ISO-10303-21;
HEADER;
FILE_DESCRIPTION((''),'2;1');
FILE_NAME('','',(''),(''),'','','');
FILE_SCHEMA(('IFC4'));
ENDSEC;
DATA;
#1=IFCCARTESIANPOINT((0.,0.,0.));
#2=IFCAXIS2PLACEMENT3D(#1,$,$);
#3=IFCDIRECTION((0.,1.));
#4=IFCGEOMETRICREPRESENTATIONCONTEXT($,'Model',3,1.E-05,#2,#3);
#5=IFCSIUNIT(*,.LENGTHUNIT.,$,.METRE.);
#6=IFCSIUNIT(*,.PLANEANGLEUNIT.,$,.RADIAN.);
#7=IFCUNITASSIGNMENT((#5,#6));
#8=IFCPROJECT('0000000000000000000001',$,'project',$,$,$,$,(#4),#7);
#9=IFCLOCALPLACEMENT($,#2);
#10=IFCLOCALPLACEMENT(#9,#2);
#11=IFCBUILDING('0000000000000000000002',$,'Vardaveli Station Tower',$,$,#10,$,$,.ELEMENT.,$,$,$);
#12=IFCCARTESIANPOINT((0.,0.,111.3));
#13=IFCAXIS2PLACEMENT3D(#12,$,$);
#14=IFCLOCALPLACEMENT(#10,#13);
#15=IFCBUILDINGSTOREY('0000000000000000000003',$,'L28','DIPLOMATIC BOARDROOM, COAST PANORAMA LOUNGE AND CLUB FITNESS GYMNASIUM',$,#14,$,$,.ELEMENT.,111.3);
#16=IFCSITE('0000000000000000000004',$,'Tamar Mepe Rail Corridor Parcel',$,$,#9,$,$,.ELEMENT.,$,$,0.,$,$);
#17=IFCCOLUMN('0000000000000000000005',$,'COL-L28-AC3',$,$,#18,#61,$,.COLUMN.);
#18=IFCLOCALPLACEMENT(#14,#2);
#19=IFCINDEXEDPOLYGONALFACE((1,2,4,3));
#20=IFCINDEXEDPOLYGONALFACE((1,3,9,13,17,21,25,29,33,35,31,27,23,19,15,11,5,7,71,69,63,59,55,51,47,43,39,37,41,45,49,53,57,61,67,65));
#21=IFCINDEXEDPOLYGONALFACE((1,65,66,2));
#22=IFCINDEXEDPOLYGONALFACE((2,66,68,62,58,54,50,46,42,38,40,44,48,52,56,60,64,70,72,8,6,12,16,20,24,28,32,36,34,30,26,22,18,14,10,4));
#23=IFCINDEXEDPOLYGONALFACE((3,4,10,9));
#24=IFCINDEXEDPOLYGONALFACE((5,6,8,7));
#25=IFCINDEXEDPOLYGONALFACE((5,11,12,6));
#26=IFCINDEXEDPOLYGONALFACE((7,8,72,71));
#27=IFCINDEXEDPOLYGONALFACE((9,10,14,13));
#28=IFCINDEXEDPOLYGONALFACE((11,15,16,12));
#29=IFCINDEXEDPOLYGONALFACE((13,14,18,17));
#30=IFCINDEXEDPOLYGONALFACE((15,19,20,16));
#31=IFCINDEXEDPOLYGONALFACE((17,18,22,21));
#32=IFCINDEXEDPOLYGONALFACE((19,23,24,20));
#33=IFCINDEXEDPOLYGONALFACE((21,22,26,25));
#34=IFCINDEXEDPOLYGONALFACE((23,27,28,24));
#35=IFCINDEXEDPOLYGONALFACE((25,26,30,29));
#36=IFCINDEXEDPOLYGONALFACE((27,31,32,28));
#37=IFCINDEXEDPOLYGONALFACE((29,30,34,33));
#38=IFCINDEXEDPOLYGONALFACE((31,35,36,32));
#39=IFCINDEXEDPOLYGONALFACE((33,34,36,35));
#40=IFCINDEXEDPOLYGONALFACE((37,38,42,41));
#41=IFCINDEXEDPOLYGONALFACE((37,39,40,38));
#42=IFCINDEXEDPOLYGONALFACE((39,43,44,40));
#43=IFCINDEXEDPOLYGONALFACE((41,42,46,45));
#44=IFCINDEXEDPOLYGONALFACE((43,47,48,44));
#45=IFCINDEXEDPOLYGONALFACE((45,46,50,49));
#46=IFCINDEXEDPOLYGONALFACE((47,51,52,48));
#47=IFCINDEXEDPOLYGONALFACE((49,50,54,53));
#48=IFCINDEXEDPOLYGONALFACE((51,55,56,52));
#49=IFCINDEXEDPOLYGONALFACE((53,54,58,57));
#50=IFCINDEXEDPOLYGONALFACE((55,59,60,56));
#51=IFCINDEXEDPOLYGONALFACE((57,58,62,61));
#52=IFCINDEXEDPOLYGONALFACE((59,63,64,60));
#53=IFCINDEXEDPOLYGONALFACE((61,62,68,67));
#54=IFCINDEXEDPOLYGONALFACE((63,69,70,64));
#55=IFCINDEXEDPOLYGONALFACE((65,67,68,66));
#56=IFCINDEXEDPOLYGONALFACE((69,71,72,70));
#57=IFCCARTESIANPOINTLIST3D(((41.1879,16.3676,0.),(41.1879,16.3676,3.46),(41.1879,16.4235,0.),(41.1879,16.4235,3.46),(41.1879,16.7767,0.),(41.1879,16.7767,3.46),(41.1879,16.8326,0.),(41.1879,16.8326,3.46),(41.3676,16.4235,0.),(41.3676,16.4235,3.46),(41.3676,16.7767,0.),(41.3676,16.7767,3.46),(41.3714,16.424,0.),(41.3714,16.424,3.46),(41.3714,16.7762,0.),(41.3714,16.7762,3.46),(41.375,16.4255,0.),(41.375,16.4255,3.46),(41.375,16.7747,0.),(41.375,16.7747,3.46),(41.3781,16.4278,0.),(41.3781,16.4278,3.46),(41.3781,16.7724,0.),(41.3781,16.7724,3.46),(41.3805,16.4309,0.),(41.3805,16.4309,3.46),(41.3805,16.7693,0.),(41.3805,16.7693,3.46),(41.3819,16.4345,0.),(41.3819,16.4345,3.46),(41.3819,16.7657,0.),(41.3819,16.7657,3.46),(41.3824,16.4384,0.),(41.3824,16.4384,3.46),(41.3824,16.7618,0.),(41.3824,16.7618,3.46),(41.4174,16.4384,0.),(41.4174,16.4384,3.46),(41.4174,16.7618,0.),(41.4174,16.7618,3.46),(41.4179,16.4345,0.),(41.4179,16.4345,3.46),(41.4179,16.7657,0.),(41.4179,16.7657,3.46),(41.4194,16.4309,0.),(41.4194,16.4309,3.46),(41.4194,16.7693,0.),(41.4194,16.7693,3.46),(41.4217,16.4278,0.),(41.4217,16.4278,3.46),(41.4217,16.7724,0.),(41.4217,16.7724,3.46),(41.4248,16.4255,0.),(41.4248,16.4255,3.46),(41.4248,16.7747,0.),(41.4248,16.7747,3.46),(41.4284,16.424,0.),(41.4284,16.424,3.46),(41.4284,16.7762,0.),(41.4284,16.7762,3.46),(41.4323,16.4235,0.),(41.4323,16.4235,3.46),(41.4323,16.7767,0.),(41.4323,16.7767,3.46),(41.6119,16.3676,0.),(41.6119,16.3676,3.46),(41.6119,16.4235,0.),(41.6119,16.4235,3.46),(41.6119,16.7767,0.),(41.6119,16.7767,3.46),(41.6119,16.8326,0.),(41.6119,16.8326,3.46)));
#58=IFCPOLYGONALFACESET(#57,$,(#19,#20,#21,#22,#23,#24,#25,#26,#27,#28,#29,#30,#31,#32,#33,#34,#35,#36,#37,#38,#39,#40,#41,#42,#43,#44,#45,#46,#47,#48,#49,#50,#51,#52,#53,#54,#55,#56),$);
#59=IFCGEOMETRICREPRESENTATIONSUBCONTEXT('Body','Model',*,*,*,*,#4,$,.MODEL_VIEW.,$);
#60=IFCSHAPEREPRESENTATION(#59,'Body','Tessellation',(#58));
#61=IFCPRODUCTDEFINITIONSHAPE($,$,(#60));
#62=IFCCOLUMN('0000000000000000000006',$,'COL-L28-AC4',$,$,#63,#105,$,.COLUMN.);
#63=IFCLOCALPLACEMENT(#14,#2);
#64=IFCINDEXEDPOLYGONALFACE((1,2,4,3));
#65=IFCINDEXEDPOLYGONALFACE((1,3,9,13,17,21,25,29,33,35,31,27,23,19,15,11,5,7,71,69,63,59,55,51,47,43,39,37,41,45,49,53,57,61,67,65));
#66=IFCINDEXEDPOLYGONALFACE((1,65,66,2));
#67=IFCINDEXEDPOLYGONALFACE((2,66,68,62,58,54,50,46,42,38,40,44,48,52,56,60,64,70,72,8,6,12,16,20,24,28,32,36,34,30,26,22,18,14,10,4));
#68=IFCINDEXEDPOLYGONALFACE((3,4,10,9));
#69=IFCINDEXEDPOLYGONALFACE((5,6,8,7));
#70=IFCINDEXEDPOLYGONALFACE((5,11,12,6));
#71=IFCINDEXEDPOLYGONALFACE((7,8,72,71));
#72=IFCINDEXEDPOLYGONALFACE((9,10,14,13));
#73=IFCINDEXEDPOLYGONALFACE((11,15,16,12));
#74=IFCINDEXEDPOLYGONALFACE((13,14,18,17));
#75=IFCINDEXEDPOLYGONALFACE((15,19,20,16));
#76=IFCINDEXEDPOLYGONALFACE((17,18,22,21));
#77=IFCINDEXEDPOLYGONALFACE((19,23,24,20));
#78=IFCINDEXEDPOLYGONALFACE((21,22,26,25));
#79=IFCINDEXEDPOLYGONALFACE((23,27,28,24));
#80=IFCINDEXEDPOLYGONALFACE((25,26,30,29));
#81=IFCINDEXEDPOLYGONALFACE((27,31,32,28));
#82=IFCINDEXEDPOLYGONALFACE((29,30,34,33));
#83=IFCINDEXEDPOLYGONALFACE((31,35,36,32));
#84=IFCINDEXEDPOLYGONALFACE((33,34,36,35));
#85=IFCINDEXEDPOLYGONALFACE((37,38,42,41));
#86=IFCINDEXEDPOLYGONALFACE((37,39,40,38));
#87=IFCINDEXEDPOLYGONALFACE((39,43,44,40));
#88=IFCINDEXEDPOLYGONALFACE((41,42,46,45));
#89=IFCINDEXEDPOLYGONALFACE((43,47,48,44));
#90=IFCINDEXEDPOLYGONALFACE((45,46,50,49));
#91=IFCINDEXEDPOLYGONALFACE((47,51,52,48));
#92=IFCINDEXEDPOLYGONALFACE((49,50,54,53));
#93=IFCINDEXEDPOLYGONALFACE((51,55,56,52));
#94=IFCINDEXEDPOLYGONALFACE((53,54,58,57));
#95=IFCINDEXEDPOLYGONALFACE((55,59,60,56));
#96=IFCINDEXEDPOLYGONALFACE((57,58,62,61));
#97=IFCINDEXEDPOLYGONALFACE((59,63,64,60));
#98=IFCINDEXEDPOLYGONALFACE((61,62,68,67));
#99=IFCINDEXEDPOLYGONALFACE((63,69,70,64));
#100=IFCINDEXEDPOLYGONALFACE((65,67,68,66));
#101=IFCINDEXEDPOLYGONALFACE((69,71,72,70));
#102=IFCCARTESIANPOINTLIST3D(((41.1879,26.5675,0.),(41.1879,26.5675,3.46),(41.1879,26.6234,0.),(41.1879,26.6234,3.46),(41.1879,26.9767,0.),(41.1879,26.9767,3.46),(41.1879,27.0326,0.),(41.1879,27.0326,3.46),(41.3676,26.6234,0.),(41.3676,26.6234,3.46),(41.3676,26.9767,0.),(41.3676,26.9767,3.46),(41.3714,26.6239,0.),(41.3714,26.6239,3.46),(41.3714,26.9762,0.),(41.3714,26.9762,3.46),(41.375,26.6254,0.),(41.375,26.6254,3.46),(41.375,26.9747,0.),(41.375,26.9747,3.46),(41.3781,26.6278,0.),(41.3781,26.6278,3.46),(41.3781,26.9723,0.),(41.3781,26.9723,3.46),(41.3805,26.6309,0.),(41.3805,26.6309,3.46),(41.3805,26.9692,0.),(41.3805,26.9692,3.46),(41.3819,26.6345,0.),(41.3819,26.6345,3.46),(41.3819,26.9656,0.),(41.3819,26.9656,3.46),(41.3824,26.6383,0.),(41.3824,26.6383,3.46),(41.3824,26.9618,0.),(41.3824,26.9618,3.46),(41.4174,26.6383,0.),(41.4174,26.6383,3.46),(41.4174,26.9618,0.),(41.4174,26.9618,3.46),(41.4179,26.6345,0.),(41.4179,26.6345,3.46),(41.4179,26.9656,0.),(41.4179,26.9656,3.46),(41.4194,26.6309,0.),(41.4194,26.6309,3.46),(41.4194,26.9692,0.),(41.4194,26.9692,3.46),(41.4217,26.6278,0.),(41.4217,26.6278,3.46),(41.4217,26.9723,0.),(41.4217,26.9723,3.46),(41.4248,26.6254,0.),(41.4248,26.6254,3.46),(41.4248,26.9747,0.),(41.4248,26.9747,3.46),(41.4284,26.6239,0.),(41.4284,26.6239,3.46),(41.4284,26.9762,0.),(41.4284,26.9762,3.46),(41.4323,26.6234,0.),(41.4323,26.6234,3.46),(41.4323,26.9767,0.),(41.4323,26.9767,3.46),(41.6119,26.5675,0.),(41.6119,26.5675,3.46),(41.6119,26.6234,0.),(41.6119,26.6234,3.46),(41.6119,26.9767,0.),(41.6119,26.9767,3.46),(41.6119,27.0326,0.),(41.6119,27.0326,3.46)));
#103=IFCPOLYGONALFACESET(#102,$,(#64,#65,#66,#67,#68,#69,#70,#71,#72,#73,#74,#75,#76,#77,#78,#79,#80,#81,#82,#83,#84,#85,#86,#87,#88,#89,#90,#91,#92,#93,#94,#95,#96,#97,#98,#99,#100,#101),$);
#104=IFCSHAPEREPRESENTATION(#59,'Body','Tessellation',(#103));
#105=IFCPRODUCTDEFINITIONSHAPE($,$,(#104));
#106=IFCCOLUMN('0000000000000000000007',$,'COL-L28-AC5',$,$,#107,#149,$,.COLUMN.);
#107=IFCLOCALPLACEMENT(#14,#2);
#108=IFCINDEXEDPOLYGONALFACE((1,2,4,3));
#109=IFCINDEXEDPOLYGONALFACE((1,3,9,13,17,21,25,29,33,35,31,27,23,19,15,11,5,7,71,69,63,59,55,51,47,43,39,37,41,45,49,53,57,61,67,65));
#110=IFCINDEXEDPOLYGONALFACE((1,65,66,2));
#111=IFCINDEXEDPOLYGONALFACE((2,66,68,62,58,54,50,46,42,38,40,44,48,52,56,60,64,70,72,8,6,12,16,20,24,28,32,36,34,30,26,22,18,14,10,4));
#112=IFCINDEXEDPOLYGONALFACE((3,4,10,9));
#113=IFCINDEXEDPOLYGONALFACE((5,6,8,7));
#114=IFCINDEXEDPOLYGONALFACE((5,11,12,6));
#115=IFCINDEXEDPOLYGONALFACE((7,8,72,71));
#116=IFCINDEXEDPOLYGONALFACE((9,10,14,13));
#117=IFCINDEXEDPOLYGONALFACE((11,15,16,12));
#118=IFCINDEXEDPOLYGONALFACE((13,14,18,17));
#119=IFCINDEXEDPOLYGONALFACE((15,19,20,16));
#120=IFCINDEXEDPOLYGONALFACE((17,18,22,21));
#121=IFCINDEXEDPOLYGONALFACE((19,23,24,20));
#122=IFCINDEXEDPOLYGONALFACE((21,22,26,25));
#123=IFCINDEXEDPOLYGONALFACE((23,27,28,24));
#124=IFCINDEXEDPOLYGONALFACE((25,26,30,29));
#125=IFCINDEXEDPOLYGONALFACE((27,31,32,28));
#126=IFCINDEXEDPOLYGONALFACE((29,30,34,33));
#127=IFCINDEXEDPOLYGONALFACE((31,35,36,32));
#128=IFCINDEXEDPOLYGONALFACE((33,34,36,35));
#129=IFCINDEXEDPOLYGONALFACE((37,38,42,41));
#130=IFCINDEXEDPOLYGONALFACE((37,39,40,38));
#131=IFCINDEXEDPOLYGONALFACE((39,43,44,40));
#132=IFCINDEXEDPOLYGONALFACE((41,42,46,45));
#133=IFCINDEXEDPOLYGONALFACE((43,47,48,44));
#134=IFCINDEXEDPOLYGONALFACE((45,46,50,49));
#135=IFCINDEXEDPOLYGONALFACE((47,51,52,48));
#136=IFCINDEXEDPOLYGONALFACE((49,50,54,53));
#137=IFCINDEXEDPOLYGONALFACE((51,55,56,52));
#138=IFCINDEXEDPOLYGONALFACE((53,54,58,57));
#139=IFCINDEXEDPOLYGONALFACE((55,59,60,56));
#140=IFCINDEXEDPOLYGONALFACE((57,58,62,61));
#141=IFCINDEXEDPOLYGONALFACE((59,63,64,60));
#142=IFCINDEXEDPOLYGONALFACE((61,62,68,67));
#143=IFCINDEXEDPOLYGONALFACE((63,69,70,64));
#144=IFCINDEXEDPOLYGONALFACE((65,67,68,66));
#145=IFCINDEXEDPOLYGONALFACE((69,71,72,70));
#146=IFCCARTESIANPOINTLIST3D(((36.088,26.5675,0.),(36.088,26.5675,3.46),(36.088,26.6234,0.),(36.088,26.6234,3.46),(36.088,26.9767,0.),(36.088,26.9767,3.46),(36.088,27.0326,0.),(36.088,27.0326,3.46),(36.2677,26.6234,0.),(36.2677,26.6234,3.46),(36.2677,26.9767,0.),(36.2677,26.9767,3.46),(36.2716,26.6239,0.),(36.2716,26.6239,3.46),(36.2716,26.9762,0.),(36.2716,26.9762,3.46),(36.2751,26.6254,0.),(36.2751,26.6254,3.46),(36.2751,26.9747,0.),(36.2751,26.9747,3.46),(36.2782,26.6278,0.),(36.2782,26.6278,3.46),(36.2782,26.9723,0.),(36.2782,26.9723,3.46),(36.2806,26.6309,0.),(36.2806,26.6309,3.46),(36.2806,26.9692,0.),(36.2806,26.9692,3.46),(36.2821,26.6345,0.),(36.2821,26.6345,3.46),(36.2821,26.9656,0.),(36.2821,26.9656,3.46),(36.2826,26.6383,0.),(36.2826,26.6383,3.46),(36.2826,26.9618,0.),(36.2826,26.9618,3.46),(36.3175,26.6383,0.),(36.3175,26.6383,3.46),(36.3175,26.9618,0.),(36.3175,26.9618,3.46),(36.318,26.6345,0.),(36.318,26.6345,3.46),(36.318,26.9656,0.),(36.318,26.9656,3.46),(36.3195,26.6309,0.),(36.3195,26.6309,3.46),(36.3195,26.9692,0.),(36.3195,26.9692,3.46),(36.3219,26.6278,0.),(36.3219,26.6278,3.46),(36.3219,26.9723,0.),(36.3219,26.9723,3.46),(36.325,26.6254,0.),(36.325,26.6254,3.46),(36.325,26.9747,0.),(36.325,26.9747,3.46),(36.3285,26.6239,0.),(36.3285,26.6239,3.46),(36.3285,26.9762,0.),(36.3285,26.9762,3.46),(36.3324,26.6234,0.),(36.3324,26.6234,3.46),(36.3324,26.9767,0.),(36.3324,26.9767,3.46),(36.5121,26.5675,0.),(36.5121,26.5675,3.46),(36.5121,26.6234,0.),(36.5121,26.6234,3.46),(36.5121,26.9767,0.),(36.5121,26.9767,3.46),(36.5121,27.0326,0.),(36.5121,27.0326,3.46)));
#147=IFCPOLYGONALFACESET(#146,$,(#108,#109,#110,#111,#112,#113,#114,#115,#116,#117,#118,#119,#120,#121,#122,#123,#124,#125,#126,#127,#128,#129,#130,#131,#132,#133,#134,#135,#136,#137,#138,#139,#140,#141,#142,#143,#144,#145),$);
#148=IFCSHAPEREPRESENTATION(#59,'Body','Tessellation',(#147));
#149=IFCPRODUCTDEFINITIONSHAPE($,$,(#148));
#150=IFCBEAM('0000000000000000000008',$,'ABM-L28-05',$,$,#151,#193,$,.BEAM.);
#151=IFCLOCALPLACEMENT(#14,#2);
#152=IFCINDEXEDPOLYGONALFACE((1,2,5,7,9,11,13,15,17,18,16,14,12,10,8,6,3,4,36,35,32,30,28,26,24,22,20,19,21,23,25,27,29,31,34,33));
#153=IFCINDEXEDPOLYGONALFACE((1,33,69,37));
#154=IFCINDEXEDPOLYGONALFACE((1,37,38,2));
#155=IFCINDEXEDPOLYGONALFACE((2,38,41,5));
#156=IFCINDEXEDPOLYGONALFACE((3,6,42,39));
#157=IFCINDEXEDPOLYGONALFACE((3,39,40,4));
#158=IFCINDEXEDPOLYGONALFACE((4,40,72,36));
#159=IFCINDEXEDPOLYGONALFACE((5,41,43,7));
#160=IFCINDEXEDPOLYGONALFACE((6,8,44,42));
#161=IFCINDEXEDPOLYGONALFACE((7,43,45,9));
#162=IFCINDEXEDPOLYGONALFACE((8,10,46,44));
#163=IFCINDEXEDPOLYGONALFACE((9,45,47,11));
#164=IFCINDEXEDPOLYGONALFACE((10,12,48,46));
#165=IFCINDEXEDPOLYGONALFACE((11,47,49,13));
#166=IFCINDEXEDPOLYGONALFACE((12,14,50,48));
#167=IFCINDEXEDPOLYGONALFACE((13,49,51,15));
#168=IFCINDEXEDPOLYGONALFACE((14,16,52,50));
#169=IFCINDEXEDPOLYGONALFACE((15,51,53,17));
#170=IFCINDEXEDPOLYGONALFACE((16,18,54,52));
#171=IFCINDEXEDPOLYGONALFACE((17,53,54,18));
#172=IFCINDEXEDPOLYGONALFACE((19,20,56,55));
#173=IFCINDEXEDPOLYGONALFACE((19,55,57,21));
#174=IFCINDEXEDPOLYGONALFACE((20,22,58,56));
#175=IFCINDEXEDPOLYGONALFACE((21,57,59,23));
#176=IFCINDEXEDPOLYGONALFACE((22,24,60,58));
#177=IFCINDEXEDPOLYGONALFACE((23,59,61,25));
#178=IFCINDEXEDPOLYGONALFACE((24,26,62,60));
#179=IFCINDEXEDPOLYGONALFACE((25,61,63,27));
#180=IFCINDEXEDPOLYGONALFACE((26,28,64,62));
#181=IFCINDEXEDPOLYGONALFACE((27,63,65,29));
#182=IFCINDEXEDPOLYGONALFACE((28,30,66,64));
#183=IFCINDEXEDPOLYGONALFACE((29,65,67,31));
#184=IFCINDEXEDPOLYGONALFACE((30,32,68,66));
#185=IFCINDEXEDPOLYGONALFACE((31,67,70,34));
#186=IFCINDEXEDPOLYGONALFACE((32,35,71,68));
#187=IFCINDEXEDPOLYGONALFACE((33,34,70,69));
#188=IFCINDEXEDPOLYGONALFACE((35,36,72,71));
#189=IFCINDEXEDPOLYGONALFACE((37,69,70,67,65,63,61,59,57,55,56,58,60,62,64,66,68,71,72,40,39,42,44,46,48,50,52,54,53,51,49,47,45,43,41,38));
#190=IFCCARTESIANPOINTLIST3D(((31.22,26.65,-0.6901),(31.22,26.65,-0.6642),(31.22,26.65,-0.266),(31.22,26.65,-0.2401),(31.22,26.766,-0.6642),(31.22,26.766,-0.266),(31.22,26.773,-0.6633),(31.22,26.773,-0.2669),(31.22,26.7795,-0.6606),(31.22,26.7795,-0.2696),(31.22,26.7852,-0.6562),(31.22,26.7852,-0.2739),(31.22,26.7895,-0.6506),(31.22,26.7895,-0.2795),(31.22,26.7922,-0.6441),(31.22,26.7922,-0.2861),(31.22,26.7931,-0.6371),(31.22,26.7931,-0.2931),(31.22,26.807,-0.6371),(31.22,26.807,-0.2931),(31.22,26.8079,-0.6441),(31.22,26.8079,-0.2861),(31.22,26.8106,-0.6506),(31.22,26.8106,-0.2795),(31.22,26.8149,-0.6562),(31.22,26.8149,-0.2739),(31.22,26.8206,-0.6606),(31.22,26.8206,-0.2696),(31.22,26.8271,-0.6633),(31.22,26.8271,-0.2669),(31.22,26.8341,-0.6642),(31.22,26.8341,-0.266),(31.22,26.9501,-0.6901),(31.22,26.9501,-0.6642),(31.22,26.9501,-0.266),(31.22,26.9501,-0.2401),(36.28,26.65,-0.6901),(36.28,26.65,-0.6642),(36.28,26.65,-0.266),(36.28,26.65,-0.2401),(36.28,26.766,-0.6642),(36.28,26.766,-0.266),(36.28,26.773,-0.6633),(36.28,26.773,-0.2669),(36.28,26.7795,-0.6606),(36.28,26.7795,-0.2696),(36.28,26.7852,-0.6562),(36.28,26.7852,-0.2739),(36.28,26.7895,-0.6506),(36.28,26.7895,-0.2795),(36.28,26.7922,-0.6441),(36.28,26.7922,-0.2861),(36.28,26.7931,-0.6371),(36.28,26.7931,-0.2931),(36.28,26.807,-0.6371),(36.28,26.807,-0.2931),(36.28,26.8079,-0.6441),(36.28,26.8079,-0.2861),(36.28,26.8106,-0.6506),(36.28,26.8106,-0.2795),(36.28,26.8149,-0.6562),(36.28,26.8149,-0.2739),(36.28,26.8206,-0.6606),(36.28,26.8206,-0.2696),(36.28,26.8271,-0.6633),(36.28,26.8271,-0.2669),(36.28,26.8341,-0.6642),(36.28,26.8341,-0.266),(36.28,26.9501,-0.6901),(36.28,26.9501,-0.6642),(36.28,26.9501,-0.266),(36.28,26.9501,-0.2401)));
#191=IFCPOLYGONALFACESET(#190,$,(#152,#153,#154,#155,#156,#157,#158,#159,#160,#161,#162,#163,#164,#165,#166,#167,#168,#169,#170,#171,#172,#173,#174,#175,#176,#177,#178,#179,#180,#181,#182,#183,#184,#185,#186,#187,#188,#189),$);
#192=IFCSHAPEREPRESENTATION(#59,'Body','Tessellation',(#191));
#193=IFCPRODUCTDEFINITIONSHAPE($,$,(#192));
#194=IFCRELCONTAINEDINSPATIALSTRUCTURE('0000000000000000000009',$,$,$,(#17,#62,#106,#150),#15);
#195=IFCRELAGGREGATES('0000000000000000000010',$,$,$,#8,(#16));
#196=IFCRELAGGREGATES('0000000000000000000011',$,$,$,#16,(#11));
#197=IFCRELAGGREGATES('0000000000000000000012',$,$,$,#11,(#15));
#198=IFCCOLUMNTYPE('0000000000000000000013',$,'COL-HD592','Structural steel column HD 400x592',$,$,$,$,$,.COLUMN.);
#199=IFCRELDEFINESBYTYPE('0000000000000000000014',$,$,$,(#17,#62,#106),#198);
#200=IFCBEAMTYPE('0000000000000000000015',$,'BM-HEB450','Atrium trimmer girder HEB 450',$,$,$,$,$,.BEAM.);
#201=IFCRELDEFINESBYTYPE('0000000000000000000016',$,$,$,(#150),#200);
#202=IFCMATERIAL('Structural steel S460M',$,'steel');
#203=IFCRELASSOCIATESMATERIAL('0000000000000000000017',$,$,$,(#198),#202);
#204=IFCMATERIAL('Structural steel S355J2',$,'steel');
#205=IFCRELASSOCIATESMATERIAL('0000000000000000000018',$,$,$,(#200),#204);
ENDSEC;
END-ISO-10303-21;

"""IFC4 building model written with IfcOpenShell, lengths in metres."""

from ifc_helpers import new_model, si_unit, direction, frame, origin, origin_2d, place, context, subcontext, project, spatial, i_section, extrude, source, transform, mapped, material, material_profile, profile_set, type_object, element, save


model = new_model("IFC4")

# Units and contexts
model_context = context("Model", 3, precision=1e-05, world=origin(), true_north=direction((0.0, 1.0)))
body_context = subcontext(model_context, "Body", "Model", "MODEL_VIEW")
ifc_project = project(units=[si_unit("LENGTHUNIT", "METRE"), si_unit("PLANEANGLEUNIT", "RADIAN")], contexts=[model_context])

# Site, building, storey
site_placement = place(None, origin())
site = spatial("IfcSite", under=ifc_project, at=site_placement, Name="Tamar Mepe Rail Corridor Parcel", CompositionType="ELEMENT", RefElevation=0.0)
building_placement = place(site_placement, origin())
building = spatial("IfcBuilding", under=site, at=building_placement, Name="Vardaveli Station Tower", CompositionType="ELEMENT")
storey_placement = place(building_placement, frame((0.0, 0.0, 111.3)))
storey = spatial("IfcBuildingStorey", under=building, at=storey_placement, Name="L28", Description="DIPLOMATIC BOARDROOM, COAST PANORAMA LOUNGE AND CLUB FITNESS GYMNASIUM", CompositionType="ELEMENT", Elevation=111.3)

# Columns
ifc_material_1 = material(Name="Structural steel S460M", Category="steel")
ifc_material_profile_1 = material_profile(ifc_material_1, i_section(OverallWidth=0.4241, OverallDepth=0.4651, WebThickness=0.0349, FlangeThickness=0.0559, FilletRadius=0.0149, at=origin_2d()), Name="HD 400x592")
ifc_profile_set_1 = profile_set([ifc_material_profile_1], Name="Structural steel S460M")
column_type = type_object("IfcColumnType", Name="COL-HD592", Description="Structural steel column HD 400x592", PredefinedType="COLUMN", material=ifc_profile_set_1)
shared_shape_1 = source(origin(), body_context, "Body", "SweptSolid", [
    extrude(i_section(OverallWidth=0.4241, OverallDepth=0.4651, WebThickness=0.0349, FlangeThickness=0.0559, FilletRadius=0.0149, at=origin_2d()), origin(), (0.0, 0.0, 1.0), 3.46),
])
for number, where, z_axis, x_axis, name in (
    (1, (41.3999, 16.6001, 0.0), (0.0, 0.0, 1.0), (1.0, 0.0, 0.0), "COL-L28-AC3"),
    (2, (41.3999, 26.8, 0.0), (0.0, 0.0, 1.0), (1.0, 0.0, 0.0), "COL-L28-AC4"),
    (3, (36.3, 26.8, 0.0), (0.0, 0.0, 1.0), (1.0, 0.0, 0.0), "COL-L28-AC5"),
):
    element("IfcColumn", number, at=place(storey_placement, frame(where, z_axis=z_axis, x_axis=x_axis)), inside=storey, type_object=column_type, Name=name, PredefinedType="COLUMN", context=body_context, shape_type="MappedRepresentation", body=[
        mapped(shared_shape_1, transform((0.0, 0.0, 0.0), scale=1.0)),
    ])

# Beam
ifc_material_2 = material(Name="Structural steel S355J2", Category="steel")
ifc_material_profile_2 = material_profile(ifc_material_2, i_section(OverallWidth=0.3, OverallDepth=0.45, WebThickness=0.0139, FlangeThickness=0.0259, FilletRadius=0.0271, at=origin_2d()), Name="HEB 450")
ifc_profile_set_2 = profile_set([ifc_material_profile_2], Name="Structural steel S355J2")
beam_type_1 = type_object("IfcBeamType", Name="BM-HEB450", Description="Atrium trimmer girder HEB 450", PredefinedType="BEAM", material=ifc_profile_set_2)
shared_shape_2 = source(origin(), body_context, "Body", "SweptSolid", [
    extrude(i_section(OverallWidth=0.3, OverallDepth=0.45, WebThickness=0.0139, FlangeThickness=0.0259, FilletRadius=0.0271, at=origin_2d()), origin(), (0.0, 0.0, 1.0), 5.0601),
])
beam_1_placement = place(storey_placement, frame((36.28, 26.8, -0.4651), z_axis=(-1.0, 0.0, 0.0), x_axis=(0.0, -1.0, 0.0)))
element("IfcBeam", 4, at=beam_1_placement, inside=storey, type_object=beam_type_1, Name="ABM-L28-05", PredefinedType="BEAM", context=body_context, shape_type="MappedRepresentation", body=[
    mapped(shared_shape_2, transform((0.0, 0.0, 0.0), scale=1.0)),
])

save(model, "model.ifc")
